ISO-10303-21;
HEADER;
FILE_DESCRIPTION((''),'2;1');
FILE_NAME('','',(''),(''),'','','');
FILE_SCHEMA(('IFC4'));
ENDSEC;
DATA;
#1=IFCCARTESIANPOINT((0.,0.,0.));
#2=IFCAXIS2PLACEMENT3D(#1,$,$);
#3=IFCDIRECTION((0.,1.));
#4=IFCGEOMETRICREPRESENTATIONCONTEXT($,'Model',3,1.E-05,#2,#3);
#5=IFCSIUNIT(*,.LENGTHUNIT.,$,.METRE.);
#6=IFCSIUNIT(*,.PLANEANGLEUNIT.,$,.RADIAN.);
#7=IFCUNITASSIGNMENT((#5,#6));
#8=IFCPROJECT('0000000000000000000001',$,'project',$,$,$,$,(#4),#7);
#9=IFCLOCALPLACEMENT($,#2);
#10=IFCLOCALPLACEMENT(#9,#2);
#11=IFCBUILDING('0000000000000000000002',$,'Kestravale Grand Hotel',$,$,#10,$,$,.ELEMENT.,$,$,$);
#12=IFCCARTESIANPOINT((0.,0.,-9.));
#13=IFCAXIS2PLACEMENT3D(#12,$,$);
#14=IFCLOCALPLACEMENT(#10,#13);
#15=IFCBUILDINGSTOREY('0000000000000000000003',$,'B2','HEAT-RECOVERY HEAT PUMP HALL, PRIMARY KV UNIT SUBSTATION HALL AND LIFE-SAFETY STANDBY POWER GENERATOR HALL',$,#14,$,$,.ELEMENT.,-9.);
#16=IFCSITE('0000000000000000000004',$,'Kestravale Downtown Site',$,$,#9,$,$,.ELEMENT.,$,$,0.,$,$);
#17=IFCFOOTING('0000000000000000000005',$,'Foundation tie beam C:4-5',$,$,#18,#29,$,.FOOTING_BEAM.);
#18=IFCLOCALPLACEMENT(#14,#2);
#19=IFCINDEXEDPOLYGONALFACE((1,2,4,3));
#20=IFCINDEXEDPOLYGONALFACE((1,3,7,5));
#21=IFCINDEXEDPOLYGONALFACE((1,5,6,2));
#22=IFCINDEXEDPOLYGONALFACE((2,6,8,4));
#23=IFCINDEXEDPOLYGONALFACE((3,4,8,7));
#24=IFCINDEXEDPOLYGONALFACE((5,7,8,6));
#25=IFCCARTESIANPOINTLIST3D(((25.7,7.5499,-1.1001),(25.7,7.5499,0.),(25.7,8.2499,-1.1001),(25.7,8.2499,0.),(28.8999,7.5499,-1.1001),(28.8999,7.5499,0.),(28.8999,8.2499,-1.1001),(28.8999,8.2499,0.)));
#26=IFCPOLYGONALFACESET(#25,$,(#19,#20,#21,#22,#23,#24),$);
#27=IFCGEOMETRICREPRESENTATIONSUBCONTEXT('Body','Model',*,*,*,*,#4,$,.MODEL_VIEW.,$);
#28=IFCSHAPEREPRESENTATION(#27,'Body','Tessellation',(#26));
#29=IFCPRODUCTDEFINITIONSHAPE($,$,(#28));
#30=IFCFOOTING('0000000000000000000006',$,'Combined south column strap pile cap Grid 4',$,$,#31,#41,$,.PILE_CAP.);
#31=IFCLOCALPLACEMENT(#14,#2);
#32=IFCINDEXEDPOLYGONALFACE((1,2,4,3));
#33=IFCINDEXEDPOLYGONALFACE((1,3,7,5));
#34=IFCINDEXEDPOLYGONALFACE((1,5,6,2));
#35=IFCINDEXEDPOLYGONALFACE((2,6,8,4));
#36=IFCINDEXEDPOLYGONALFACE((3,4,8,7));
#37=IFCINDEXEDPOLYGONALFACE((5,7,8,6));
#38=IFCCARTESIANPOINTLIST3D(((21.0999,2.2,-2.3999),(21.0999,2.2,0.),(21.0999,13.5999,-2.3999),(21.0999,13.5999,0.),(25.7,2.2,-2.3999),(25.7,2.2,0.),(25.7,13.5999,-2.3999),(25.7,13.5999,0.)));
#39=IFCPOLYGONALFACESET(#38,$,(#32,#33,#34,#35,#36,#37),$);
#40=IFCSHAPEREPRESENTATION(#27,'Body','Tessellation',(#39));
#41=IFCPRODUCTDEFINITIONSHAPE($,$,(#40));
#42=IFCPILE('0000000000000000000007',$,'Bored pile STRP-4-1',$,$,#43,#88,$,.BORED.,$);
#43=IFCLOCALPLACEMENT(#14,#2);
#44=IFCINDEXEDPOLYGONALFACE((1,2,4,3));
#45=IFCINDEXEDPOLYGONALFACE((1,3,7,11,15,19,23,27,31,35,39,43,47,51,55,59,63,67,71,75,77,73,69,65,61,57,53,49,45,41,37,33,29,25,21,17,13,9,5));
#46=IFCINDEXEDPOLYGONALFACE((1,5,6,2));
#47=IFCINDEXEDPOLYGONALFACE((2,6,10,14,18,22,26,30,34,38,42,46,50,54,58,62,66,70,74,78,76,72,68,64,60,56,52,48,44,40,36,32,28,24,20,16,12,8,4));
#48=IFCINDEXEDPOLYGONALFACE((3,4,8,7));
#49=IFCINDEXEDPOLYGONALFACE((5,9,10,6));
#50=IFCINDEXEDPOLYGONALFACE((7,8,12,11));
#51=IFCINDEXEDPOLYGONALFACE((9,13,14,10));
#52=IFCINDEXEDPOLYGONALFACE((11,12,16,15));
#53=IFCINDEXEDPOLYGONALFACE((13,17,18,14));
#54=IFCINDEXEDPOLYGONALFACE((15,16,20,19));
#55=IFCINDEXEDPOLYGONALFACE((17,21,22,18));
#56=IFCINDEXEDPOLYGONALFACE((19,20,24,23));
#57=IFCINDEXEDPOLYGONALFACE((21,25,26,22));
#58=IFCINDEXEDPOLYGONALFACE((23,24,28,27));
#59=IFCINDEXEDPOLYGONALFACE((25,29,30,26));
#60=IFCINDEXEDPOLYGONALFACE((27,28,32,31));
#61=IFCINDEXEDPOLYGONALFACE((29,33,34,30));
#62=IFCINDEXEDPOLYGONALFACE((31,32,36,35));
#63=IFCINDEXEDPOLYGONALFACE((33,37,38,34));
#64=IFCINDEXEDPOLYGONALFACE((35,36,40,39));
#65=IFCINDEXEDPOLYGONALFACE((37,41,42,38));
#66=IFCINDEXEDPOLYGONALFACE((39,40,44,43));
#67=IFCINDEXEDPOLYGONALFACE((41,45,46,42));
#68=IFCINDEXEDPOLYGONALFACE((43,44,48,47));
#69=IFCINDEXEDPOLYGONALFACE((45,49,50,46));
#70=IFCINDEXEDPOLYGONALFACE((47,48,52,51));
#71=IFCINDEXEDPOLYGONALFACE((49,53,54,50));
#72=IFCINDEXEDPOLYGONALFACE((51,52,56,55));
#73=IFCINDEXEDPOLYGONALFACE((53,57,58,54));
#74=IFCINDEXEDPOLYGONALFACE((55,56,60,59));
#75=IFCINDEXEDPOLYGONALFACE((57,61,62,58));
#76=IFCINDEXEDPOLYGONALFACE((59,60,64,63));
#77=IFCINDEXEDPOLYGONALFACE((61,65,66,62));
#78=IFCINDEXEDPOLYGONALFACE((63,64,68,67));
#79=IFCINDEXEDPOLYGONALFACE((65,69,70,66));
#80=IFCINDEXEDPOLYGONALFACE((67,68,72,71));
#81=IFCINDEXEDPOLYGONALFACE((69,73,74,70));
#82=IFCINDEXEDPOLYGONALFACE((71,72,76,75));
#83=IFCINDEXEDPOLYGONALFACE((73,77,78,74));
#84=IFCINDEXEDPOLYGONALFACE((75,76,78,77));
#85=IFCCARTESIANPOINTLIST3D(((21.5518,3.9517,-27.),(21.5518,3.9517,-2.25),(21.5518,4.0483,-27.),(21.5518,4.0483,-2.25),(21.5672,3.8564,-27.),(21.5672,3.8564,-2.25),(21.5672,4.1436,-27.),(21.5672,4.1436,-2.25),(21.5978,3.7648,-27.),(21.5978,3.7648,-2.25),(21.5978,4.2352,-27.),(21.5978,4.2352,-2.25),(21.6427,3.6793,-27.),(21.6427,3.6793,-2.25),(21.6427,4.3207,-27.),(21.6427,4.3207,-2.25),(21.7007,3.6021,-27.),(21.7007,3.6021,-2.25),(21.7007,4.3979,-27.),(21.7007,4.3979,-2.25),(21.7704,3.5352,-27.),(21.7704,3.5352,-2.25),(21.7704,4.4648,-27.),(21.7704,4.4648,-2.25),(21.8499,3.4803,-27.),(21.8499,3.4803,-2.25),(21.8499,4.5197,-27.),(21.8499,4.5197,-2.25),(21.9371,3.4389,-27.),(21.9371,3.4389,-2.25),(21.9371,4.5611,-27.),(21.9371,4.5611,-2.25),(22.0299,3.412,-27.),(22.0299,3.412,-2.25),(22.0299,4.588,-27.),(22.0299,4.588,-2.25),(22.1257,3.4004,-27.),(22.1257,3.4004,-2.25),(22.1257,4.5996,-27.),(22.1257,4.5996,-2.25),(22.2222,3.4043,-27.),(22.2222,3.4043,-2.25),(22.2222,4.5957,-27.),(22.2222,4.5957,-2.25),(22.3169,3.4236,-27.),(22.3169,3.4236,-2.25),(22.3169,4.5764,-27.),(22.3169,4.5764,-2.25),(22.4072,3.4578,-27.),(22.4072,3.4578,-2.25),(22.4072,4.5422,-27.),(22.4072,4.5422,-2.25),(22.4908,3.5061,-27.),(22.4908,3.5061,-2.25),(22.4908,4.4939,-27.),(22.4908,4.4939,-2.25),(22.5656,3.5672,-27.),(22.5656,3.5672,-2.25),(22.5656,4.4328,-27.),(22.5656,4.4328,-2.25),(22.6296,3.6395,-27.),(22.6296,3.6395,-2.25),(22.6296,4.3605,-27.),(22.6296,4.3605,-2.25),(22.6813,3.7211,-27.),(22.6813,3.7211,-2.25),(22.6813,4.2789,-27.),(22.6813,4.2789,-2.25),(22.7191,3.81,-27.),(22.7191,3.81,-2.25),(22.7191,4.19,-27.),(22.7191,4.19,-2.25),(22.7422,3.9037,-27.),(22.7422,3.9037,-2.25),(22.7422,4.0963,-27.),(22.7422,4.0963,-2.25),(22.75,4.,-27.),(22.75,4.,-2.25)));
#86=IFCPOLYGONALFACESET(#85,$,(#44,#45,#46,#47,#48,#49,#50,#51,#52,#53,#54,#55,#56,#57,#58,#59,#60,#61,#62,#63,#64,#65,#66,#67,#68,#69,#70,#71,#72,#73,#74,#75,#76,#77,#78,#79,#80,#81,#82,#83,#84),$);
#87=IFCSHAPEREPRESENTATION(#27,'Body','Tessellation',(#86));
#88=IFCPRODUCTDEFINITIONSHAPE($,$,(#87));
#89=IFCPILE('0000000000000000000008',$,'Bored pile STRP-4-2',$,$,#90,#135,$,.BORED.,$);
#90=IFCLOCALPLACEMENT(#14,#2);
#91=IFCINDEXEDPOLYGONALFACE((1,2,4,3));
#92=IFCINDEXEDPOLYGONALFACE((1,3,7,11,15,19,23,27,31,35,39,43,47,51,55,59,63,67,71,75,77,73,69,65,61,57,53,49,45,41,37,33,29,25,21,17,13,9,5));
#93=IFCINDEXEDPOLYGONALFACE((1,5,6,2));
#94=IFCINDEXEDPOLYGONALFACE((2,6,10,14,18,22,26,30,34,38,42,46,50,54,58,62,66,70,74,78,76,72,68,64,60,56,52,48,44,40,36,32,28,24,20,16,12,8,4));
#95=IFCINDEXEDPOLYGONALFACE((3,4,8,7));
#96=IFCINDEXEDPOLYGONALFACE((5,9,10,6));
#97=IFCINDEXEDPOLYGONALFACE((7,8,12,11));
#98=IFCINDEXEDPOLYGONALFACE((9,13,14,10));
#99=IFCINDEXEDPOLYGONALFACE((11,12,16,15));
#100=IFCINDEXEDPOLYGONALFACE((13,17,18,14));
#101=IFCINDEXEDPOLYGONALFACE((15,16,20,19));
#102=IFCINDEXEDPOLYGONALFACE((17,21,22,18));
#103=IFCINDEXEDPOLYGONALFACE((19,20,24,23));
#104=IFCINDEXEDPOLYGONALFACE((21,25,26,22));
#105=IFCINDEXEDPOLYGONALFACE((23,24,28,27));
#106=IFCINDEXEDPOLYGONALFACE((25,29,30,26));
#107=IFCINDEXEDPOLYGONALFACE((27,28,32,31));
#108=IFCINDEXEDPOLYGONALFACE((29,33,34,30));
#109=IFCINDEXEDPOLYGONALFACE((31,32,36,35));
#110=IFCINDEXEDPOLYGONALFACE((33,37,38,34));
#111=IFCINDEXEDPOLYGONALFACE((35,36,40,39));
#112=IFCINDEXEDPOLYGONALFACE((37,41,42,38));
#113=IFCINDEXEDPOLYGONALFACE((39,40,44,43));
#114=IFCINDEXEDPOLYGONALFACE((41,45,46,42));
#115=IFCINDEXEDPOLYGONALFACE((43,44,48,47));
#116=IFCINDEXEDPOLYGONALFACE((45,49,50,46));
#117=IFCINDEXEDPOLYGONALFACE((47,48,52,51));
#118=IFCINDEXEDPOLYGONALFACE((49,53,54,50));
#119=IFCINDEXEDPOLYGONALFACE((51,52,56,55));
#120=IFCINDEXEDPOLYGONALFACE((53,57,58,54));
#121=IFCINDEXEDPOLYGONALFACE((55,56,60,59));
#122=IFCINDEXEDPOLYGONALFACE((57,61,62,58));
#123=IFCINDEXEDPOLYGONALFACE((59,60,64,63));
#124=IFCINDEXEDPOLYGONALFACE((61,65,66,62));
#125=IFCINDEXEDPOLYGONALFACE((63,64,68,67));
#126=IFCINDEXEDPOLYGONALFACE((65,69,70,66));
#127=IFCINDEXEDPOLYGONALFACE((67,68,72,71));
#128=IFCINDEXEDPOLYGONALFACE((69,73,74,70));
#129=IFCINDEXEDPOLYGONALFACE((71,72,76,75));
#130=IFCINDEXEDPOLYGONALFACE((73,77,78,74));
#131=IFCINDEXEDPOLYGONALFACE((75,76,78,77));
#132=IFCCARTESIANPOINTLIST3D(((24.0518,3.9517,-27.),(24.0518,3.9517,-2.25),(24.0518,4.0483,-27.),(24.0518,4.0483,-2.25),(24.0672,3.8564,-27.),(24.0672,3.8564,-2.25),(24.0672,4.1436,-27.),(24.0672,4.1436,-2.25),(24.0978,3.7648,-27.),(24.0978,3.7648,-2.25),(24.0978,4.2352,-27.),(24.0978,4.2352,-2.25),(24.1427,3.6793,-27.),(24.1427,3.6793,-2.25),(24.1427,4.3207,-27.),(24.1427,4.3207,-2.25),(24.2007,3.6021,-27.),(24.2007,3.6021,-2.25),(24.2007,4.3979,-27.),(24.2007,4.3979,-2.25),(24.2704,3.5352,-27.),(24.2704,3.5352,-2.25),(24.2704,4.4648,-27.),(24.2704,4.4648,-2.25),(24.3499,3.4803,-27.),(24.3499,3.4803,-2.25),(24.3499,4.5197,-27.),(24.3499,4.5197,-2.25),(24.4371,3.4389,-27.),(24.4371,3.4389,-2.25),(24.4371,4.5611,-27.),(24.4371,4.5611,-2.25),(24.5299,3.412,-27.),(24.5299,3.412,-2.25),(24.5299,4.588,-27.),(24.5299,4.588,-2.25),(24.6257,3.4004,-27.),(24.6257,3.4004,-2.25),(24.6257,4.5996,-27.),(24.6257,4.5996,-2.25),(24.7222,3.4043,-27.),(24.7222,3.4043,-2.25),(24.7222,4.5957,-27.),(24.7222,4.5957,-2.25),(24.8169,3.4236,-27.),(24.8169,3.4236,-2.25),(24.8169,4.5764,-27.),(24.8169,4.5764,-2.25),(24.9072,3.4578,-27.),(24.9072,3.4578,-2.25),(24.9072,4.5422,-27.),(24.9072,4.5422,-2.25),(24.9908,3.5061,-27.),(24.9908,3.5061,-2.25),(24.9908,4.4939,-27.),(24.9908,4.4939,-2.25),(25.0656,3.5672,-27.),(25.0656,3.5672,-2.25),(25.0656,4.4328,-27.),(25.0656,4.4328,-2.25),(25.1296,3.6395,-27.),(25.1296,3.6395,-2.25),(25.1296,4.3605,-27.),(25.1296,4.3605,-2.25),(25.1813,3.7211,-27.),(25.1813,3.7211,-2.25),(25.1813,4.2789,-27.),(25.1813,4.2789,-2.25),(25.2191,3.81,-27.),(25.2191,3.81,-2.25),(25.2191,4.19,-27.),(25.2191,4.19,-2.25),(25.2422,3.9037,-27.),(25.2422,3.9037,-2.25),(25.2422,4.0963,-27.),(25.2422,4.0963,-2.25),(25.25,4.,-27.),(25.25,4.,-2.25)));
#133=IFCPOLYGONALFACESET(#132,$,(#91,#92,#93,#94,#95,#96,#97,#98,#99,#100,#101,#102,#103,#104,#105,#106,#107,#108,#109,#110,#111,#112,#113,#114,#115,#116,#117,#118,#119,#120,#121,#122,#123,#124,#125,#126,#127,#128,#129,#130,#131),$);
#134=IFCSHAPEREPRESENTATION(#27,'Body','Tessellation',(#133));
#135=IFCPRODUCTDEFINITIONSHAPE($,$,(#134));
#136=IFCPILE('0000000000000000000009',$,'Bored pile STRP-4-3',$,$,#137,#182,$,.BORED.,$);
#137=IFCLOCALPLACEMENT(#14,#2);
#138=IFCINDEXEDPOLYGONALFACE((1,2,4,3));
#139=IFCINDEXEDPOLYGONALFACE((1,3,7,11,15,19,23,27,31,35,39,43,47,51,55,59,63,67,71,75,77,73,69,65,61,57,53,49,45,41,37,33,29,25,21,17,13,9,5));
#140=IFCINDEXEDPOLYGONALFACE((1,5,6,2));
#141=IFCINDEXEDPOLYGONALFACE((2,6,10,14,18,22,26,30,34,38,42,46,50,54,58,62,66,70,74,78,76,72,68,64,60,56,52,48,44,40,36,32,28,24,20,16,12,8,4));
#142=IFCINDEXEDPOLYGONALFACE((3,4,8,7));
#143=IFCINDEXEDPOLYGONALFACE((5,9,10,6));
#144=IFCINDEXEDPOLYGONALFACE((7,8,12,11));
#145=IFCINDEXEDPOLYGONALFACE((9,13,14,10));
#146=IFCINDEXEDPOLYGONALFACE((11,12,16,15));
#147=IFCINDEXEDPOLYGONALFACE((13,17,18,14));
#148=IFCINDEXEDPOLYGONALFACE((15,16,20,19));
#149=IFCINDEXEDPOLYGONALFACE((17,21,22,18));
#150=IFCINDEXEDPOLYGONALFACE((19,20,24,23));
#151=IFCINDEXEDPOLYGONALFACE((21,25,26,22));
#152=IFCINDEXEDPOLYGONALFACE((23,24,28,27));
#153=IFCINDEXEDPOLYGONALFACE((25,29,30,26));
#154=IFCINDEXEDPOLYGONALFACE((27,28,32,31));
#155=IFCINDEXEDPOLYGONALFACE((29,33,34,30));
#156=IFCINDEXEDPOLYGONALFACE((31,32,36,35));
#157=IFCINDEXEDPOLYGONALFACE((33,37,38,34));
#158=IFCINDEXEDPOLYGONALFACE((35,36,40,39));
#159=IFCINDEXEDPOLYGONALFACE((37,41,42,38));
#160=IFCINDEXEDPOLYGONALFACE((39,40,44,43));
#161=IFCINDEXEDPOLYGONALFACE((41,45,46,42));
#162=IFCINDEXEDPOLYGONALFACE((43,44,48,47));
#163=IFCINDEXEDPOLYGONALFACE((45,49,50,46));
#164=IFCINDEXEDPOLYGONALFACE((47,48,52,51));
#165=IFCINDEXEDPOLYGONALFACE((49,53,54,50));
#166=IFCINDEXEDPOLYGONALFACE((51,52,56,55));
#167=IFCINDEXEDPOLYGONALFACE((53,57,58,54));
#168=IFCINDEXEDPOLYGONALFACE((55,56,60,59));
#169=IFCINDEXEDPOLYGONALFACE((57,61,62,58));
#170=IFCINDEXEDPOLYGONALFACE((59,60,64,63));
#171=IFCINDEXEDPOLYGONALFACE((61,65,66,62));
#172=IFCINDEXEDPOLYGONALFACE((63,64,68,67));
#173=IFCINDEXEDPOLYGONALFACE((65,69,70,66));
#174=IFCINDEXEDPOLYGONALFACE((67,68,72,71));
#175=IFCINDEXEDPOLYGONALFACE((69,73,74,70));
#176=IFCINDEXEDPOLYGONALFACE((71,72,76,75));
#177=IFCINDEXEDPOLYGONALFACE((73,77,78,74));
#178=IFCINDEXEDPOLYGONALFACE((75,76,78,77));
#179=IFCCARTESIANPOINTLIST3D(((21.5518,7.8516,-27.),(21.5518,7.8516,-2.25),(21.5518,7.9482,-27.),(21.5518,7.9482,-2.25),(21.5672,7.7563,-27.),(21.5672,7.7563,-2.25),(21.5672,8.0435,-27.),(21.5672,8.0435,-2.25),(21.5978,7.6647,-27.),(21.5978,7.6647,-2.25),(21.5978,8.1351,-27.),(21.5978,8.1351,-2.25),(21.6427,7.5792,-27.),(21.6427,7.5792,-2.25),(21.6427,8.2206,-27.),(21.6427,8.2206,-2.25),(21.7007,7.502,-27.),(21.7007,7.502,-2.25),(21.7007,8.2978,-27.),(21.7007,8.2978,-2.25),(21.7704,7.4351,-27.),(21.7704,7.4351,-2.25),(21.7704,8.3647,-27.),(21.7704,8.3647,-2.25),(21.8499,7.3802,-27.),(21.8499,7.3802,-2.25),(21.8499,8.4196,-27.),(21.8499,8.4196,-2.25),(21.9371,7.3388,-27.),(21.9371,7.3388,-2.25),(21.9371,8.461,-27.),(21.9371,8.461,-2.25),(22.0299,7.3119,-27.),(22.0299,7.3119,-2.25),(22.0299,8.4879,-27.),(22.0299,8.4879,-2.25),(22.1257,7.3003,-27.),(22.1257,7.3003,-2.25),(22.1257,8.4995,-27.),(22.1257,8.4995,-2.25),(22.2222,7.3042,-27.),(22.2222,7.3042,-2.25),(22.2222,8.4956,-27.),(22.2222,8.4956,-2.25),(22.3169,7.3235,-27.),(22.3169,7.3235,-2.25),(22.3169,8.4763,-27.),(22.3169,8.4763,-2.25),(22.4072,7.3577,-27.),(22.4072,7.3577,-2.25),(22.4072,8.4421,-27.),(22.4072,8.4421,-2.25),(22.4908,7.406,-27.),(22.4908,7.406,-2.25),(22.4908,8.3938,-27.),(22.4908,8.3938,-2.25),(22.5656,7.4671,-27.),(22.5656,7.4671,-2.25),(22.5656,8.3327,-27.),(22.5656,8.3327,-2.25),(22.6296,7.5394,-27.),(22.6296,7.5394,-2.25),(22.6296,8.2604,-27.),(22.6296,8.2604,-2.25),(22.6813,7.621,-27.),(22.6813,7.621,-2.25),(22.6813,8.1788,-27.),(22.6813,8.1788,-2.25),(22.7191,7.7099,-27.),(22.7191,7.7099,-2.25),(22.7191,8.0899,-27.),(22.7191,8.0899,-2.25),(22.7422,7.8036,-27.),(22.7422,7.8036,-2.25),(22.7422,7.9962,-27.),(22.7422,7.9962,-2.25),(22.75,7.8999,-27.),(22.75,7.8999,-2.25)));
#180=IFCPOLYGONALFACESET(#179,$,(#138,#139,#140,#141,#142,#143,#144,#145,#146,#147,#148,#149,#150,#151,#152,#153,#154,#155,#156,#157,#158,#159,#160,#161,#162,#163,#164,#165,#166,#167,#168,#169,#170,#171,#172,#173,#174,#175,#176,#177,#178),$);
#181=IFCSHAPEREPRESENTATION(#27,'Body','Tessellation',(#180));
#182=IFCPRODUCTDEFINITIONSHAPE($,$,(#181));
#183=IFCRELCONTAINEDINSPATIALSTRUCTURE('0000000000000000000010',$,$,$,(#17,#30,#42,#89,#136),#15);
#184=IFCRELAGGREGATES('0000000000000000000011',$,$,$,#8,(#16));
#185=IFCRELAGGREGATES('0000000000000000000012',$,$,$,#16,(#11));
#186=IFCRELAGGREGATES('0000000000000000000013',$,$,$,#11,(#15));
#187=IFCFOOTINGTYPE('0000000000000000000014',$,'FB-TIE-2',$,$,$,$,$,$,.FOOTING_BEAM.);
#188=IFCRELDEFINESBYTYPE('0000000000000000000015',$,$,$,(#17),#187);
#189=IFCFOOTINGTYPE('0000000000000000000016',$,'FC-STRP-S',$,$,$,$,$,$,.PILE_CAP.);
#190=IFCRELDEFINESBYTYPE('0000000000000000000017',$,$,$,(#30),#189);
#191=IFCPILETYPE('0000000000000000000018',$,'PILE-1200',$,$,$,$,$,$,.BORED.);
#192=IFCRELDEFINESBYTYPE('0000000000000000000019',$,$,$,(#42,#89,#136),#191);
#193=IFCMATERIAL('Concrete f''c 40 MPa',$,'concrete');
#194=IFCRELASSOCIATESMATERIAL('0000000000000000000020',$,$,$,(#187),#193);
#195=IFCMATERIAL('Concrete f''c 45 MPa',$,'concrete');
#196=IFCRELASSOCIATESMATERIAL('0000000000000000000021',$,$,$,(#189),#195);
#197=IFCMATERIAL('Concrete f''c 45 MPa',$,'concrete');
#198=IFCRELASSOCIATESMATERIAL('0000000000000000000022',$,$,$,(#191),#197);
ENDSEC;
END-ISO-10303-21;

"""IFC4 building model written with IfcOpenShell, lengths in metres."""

from ifc_helpers import new_model, si_unit, direction, frame, origin, origin_2d, place, context, subcontext, project, spatial, rectangle, circle, extrude, material, material_profile, profile_set, type_object, element, save


model = new_model("IFC4")

# Units and contexts
model_context = context("Model", 3, precision=1e-05, world=origin(), true_north=direction((0.0, 1.0)))
body_context = subcontext(model_context, "Body", "Model", "MODEL_VIEW")
ifc_project = project(units=[si_unit("LENGTHUNIT", "METRE"), si_unit("PLANEANGLEUNIT", "RADIAN")], contexts=[model_context])

# Site, building, storey
site_placement = place(None, origin())
site = spatial("IfcSite", under=ifc_project, at=site_placement, Name="Kestravale Downtown Site", CompositionType="ELEMENT", RefElevation=0.0)
building_placement = place(site_placement, origin())
building = spatial("IfcBuilding", under=site, at=building_placement, Name="Kestravale Grand Hotel", CompositionType="ELEMENT")
storey_placement = place(building_placement, frame((0.0, 0.0, -9.0)))
storey = spatial("IfcBuildingStorey", under=building, at=storey_placement, Name="B2", Description="HEAT-RECOVERY HEAT PUMP HALL, PRIMARY KV UNIT SUBSTATION HALL AND LIFE-SAFETY STANDBY POWER GENERATOR HALL", CompositionType="ELEMENT", Elevation=-9.0)

# Footings
ifc_material_1 = material(Name="Concrete f'c 40 MPa", Category="concrete")
ifc_material_profile_1 = material_profile(ifc_material_1, rectangle(XDim=0.7, YDim=1.1001, at=origin_2d()))
ifc_profile_set_1 = profile_set([ifc_material_profile_1], Name="Concrete f'c 40 MPa")
footing_type_1 = type_object("IfcFootingType", Name="FB-TIE-2", PredefinedType="FOOTING_BEAM", material=ifc_profile_set_1)
footing_1_placement = place(storey_placement, frame((25.7, 7.8999, -0.55), z_axis=(1.0, 0.0, 0.0), x_axis=(0.0, 1.0, 0.0)))
element("IfcFooting", 1, at=footing_1_placement, inside=storey, type_object=footing_type_1, Name="Foundation tie beam C:4-5", PredefinedType="FOOTING_BEAM", context=body_context, shape_type="SweptSolid", body=[
    extrude(rectangle(XDim=0.7, YDim=1.1001, at=origin_2d()), origin(), (0.0, 0.0, 1.0), 3.2),
])
ifc_material_2 = material(Name="Concrete f'c 45 MPa", Category="concrete")
footing_type_2 = type_object("IfcFootingType", Name="FC-STRP-S", PredefinedType="PILE_CAP", material=ifc_material_2)
footing_2_placement = place(storey_placement, frame((23.3999, 7.8999, -2.3999), z_axis=(0.0, 0.0, 1.0), x_axis=(1.0, 0.0, 0.0)))
element("IfcFooting", 2, at=footing_2_placement, inside=storey, type_object=footing_type_2, Name="Combined south column strap pile cap Grid 4", PredefinedType="PILE_CAP", context=body_context, shape_type="SweptSolid", body=[
    extrude(rectangle(XDim=4.6001, YDim=11.3999, at=origin_2d()), origin(), (0.0, 0.0, 1.0), 2.3999),
])

# Piles
ifc_material_3 = material(Name="Concrete f'c 45 MPa", Category="concrete")
ifc_material_profile_2 = material_profile(ifc_material_3, circle(Radius=0.6001, at=origin_2d()))
ifc_profile_set_2 = profile_set([ifc_material_profile_2], Name="Concrete f'c 45 MPa")
pile_type = type_object("IfcPileType", Name="PILE-1200", PredefinedType="BORED", material=ifc_profile_set_2)
for number, where, z_axis, x_axis, name in (
    (3, (22.1499, 4.0, -2.25), (0.0, 0.0, -1.0), (1.0, 0.0, 0.0), "Bored pile STRP-4-1"),
    (4, (24.6499, 4.0, -2.25), (0.0, 0.0, -1.0), (1.0, 0.0, 0.0), "Bored pile STRP-4-2"),
    (5, (22.1499, 7.8999, -2.25), (0.0, 0.0, -1.0), (1.0, 0.0, 0.0), "Bored pile STRP-4-3"),
):
    element("IfcPile", number, at=place(storey_placement, frame(where, z_axis=z_axis, x_axis=x_axis)), inside=storey, type_object=pile_type, Name=name, PredefinedType="BORED", context=body_context, shape_type="SweptSolid", body=[
        extrude(circle(Radius=0.6001, at=origin_2d()), origin(), (0.0, 0.0, 1.0), 24.75),
    ])

save(model, "model.ifc")
